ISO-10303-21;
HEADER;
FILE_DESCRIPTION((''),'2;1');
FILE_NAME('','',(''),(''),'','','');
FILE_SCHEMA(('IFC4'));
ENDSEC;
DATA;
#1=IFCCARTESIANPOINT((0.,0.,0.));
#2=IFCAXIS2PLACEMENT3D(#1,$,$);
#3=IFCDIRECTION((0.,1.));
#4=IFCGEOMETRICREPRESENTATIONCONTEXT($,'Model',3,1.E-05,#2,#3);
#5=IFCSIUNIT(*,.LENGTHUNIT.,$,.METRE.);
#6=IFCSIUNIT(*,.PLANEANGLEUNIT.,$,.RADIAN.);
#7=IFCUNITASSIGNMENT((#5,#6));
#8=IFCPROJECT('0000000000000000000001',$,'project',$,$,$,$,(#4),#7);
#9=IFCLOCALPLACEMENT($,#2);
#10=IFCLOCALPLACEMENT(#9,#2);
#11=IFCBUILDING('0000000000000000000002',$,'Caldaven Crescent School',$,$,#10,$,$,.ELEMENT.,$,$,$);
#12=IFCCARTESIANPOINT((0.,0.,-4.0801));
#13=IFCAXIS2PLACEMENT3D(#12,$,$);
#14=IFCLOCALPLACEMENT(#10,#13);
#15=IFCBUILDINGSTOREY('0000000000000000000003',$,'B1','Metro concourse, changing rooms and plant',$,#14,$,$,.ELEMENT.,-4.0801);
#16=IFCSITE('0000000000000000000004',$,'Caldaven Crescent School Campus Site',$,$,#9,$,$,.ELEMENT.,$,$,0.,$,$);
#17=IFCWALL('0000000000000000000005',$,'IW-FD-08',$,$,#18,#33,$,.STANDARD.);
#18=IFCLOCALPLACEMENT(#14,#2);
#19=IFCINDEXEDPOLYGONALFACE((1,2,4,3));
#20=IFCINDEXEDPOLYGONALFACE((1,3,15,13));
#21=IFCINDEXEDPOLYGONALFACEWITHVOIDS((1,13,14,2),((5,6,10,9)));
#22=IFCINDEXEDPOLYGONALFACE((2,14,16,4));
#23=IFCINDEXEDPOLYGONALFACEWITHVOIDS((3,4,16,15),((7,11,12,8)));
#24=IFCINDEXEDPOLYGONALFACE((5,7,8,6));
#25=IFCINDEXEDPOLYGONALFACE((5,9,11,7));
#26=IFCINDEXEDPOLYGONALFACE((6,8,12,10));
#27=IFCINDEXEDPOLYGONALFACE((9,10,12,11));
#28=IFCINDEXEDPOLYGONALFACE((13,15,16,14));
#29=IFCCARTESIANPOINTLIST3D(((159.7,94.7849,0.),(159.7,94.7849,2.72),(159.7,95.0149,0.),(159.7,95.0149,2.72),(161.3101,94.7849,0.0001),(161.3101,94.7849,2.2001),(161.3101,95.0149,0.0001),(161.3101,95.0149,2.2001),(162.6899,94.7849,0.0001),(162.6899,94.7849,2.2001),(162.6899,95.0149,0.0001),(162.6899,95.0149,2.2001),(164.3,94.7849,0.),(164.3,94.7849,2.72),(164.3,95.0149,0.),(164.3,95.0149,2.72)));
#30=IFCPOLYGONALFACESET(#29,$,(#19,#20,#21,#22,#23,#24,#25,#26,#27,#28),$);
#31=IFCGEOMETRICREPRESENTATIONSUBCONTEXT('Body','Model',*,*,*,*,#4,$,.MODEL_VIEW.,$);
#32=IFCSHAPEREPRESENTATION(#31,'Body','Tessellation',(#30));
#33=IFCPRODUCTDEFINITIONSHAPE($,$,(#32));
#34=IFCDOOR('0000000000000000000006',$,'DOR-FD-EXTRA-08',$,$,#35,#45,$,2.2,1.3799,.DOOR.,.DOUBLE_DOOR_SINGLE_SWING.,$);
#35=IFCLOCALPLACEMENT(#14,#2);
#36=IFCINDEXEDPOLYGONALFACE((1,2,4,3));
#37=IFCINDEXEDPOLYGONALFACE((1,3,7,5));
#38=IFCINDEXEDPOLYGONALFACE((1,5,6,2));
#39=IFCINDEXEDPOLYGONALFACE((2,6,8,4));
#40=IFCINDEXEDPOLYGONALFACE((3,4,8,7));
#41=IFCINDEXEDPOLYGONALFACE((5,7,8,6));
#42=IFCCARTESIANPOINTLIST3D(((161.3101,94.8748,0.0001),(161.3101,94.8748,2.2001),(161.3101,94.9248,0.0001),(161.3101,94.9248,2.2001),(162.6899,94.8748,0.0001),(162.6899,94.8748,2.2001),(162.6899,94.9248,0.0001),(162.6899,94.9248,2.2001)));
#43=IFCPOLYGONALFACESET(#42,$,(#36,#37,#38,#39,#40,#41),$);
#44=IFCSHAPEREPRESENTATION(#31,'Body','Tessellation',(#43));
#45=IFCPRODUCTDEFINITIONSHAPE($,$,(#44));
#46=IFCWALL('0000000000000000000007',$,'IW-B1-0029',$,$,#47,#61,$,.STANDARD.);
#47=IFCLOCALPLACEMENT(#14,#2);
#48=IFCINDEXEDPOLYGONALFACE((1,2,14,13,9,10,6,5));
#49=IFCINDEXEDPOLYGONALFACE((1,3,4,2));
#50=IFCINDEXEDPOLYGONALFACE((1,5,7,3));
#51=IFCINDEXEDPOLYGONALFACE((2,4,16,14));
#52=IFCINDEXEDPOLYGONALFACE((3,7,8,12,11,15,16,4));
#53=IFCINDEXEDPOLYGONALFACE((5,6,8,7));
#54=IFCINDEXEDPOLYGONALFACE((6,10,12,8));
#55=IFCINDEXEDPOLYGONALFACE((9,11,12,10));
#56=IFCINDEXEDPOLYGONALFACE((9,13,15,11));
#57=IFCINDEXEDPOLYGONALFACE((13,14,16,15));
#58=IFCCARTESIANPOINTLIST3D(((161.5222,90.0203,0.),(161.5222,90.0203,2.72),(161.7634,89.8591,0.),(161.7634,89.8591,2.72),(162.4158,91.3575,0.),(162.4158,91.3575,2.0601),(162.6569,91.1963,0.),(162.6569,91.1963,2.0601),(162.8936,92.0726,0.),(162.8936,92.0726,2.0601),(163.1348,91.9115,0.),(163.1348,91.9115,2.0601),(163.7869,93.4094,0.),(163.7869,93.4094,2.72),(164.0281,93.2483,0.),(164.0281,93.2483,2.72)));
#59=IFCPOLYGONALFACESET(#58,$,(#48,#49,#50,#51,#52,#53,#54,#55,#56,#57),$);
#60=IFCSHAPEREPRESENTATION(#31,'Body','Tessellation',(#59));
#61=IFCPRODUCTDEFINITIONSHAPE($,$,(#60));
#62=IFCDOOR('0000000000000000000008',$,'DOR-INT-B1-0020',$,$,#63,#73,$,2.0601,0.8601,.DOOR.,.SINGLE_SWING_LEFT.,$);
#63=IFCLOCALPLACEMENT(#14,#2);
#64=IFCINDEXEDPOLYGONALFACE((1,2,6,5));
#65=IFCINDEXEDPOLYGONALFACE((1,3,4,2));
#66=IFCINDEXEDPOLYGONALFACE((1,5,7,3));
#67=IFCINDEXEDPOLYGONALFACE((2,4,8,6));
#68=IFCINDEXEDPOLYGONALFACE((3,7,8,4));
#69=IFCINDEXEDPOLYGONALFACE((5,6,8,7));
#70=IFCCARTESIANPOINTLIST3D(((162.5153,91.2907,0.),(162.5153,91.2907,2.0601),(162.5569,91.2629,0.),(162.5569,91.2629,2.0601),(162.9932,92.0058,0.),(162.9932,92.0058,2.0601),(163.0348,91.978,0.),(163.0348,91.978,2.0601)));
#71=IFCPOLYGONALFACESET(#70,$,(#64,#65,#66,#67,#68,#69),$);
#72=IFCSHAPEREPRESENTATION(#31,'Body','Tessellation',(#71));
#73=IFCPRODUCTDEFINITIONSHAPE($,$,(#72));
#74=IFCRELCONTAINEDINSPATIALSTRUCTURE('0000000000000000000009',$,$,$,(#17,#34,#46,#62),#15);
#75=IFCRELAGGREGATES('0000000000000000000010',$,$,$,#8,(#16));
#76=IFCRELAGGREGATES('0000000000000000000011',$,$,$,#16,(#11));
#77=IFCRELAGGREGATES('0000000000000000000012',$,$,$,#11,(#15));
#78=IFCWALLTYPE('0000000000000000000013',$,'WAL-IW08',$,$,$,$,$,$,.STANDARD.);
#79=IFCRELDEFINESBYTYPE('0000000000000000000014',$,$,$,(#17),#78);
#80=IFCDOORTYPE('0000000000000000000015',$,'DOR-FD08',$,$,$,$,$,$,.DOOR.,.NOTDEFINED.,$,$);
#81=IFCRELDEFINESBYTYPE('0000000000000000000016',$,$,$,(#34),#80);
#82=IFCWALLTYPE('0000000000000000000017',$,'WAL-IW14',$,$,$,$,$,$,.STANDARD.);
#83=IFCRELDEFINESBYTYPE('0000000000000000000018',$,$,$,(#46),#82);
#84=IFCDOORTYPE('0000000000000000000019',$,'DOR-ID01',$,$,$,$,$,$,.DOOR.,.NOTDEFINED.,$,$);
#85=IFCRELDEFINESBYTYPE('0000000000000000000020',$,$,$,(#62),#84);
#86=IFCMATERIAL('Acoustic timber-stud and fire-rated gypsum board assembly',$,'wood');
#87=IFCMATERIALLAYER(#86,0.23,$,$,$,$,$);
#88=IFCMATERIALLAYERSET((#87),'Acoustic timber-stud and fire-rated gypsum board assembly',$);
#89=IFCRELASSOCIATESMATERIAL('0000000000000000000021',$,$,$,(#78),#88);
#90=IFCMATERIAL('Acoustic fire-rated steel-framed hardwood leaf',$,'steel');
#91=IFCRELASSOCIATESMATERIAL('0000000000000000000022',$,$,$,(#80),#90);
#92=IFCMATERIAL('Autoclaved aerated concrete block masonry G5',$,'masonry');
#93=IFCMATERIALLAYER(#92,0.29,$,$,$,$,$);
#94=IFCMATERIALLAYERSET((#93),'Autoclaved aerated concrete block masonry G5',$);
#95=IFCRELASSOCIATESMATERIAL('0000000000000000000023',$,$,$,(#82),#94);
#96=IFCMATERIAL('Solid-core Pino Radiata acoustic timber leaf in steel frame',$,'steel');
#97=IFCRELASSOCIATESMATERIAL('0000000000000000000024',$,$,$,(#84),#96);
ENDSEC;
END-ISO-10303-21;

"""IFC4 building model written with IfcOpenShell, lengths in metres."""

from ifc_helpers import new_model, si_unit, direction, frame, frame_2d, origin, place, context, subcontext, project, spatial, rectangle, extrude, material, layer, layer_set, type_object, element, fill, save


model = new_model("IFC4")

# Units and contexts
model_context = context("Model", 3, precision=1e-05, world=origin(), true_north=direction((0.0, 1.0)))
body_context = subcontext(model_context, "Body", "Model", "MODEL_VIEW")
ifc_project = project(units=[si_unit("LENGTHUNIT", "METRE"), si_unit("PLANEANGLEUNIT", "RADIAN")], contexts=[model_context])

# Site, building, storey
site_placement = place(None, origin())
site = spatial("IfcSite", under=ifc_project, at=site_placement, Name="Caldaven Crescent School Campus Site", CompositionType="ELEMENT", RefElevation=0.0)
building_placement = place(site_placement, origin())
building = spatial("IfcBuilding", under=site, at=building_placement, Name="Caldaven Crescent School", CompositionType="ELEMENT")
storey_placement = place(building_placement, frame((0.0, 0.0, -4.0801)))
storey = spatial("IfcBuildingStorey", under=building, at=storey_placement, Name="B1", Description="Metro concourse, changing rooms and plant", CompositionType="ELEMENT", Elevation=-4.0801)

# Walls, openings, doors
ifc_material_1 = material(Name="Acoustic timber-stud and fire-rated gypsum board assembly", Category="wood")
ifc_material_2 = material(Name="Solid-core Pino Radiata acoustic timber leaf in steel frame", Category="steel")
ifc_layer_1 = layer(ifc_material_1, 0.23)
ifc_layer_set_1 = layer_set([ifc_layer_1], Name="Acoustic timber-stud and fire-rated gypsum board assembly")
wall_type_1 = type_object("IfcWallType", Name="WAL-IW08", PredefinedType="STANDARD", material=ifc_layer_set_1)
wall_1_placement = place(storey_placement, frame((159.7, 94.8999, 0.0), z_axis=(0.0, 0.0, 1.0), x_axis=(1.0, 0.0, 0.0)))
wall_1 = element("IfcWall", 1, at=wall_1_placement, inside=storey, type_object=wall_type_1, Name="IW-FD-08", PredefinedType="STANDARD", context=body_context, shape_type="SweptSolid", body=[
    extrude(rectangle(XDim=4.6001, YDim=0.23, at=frame_2d((2.3, 0.0))), origin(), (0.0, 0.0, 1.0), 2.72),
])
opening_1_placement = place(wall_1_placement, frame((1.6101, 0.0, 0.0)))
opening_1 = element("IfcOpeningElement", 2, at=opening_1_placement, cuts=wall_1, PredefinedType="OPENING", context=body_context, shape_type="SweptSolid", body=[
    extrude(rectangle(XDim=1.3799, YDim=2.2, at=frame_2d((0.6899, 1.1001))), frame((0.0, 0.125, 0.0), z_axis=(0.0, -1.0, 0.0), x_axis=(1.0, 0.0, 0.0)), (0.0, 0.0, 1.0), 0.25),
])
ifc_material_3 = material(Name="Acoustic fire-rated steel-framed hardwood leaf", Category="steel")
door_type_1 = type_object("IfcDoorType", Name="DOR-FD08", OperationType="NOTDEFINED", PredefinedType="DOOR", material=ifc_material_3)
door_1_placement = place(opening_1_placement, origin())
door_1 = element("IfcDoor", 3, at=door_1_placement, inside=storey, type_object=door_type_1, Name="DOR-FD-EXTRA-08", OperationType="DOUBLE_DOOR_SINGLE_SWING", OverallHeight=2.2, OverallWidth=1.3799, PredefinedType="DOOR", context=body_context, shape_type="SweptSolid", body=[
    extrude(rectangle(XDim=1.3799, YDim=2.2, at=frame_2d((0.6899, 1.1001))), frame((0.0, 0.0249, 0.0), z_axis=(0.0, -1.0, 0.0), x_axis=(1.0, 0.0, 0.0)), (0.0, 0.0, 1.0), 0.05),
])
fill(opening_1, door_1)
ifc_material_4 = material(Name="Autoclaved aerated concrete block masonry G5", Category="masonry")
ifc_layer_2 = layer(ifc_material_4, 0.29)
ifc_layer_set_2 = layer_set([ifc_layer_2], Name="Autoclaved aerated concrete block masonry G5")
wall_type_2 = type_object("IfcWallType", Name="WAL-IW14", PredefinedType="STANDARD", material=ifc_layer_set_2)
wall_2_placement = place(storey_placement, frame((161.6428, 89.9397, 0.0), z_axis=(0.0, 0.0, 1.0), x_axis=(0.555584, 0.83146, 0.0)))
wall_2 = element("IfcWall", 4, at=wall_2_placement, inside=storey, type_object=wall_type_2, Name="IW-B1-0029", PredefinedType="STANDARD", context=body_context, shape_type="SweptSolid", body=[
    extrude(rectangle(XDim=4.0762, YDim=0.29, at=frame_2d((2.0381, 0.0))), origin(), (0.0, 0.0, 1.0), 2.72),
])
opening_2_placement = place(wall_2_placement, frame((1.6082, 0.0, 0.0)))
opening_2 = element("IfcOpeningElement", 5, at=opening_2_placement, cuts=wall_2, PredefinedType="OPENING", context=body_context, shape_type="SweptSolid", body=[
    extrude(rectangle(XDim=0.8601, YDim=2.0601, at=frame_2d((0.4302, 1.03))), frame((0.0, 0.155, 0.0), z_axis=(0.0, -1.0, 0.0), x_axis=(1.0, 0.0, 0.0)), (0.0, 0.0, 1.0), 0.3101),
])
door_type_2 = type_object("IfcDoorType", Name="DOR-ID01", OperationType="NOTDEFINED", PredefinedType="DOOR", material=ifc_material_2)
door_2_placement = place(opening_2_placement, frame((0.8601, 0.0, 0.0), z_axis=(0.0, 0.0, 1.0), x_axis=(-1.0, 0.0, 0.0)))
door_2 = element("IfcDoor", 6, at=door_2_placement, inside=storey, type_object=door_type_2, Name="DOR-INT-B1-0020", OperationType="SINGLE_SWING_LEFT", OverallHeight=2.0601, OverallWidth=0.8601, PredefinedType="DOOR", context=body_context, shape_type="SweptSolid", body=[
    extrude(rectangle(XDim=0.8601, YDim=2.0601, at=frame_2d((0.4302, 1.03))), frame((0.0, 0.0249, 0.0), z_axis=(0.0, -1.0, 0.0), x_axis=(1.0, 0.0, 0.0)), (0.0, 0.0, 1.0), 0.05),
])
fill(opening_2, door_2)

save(model, "model.ifc")
